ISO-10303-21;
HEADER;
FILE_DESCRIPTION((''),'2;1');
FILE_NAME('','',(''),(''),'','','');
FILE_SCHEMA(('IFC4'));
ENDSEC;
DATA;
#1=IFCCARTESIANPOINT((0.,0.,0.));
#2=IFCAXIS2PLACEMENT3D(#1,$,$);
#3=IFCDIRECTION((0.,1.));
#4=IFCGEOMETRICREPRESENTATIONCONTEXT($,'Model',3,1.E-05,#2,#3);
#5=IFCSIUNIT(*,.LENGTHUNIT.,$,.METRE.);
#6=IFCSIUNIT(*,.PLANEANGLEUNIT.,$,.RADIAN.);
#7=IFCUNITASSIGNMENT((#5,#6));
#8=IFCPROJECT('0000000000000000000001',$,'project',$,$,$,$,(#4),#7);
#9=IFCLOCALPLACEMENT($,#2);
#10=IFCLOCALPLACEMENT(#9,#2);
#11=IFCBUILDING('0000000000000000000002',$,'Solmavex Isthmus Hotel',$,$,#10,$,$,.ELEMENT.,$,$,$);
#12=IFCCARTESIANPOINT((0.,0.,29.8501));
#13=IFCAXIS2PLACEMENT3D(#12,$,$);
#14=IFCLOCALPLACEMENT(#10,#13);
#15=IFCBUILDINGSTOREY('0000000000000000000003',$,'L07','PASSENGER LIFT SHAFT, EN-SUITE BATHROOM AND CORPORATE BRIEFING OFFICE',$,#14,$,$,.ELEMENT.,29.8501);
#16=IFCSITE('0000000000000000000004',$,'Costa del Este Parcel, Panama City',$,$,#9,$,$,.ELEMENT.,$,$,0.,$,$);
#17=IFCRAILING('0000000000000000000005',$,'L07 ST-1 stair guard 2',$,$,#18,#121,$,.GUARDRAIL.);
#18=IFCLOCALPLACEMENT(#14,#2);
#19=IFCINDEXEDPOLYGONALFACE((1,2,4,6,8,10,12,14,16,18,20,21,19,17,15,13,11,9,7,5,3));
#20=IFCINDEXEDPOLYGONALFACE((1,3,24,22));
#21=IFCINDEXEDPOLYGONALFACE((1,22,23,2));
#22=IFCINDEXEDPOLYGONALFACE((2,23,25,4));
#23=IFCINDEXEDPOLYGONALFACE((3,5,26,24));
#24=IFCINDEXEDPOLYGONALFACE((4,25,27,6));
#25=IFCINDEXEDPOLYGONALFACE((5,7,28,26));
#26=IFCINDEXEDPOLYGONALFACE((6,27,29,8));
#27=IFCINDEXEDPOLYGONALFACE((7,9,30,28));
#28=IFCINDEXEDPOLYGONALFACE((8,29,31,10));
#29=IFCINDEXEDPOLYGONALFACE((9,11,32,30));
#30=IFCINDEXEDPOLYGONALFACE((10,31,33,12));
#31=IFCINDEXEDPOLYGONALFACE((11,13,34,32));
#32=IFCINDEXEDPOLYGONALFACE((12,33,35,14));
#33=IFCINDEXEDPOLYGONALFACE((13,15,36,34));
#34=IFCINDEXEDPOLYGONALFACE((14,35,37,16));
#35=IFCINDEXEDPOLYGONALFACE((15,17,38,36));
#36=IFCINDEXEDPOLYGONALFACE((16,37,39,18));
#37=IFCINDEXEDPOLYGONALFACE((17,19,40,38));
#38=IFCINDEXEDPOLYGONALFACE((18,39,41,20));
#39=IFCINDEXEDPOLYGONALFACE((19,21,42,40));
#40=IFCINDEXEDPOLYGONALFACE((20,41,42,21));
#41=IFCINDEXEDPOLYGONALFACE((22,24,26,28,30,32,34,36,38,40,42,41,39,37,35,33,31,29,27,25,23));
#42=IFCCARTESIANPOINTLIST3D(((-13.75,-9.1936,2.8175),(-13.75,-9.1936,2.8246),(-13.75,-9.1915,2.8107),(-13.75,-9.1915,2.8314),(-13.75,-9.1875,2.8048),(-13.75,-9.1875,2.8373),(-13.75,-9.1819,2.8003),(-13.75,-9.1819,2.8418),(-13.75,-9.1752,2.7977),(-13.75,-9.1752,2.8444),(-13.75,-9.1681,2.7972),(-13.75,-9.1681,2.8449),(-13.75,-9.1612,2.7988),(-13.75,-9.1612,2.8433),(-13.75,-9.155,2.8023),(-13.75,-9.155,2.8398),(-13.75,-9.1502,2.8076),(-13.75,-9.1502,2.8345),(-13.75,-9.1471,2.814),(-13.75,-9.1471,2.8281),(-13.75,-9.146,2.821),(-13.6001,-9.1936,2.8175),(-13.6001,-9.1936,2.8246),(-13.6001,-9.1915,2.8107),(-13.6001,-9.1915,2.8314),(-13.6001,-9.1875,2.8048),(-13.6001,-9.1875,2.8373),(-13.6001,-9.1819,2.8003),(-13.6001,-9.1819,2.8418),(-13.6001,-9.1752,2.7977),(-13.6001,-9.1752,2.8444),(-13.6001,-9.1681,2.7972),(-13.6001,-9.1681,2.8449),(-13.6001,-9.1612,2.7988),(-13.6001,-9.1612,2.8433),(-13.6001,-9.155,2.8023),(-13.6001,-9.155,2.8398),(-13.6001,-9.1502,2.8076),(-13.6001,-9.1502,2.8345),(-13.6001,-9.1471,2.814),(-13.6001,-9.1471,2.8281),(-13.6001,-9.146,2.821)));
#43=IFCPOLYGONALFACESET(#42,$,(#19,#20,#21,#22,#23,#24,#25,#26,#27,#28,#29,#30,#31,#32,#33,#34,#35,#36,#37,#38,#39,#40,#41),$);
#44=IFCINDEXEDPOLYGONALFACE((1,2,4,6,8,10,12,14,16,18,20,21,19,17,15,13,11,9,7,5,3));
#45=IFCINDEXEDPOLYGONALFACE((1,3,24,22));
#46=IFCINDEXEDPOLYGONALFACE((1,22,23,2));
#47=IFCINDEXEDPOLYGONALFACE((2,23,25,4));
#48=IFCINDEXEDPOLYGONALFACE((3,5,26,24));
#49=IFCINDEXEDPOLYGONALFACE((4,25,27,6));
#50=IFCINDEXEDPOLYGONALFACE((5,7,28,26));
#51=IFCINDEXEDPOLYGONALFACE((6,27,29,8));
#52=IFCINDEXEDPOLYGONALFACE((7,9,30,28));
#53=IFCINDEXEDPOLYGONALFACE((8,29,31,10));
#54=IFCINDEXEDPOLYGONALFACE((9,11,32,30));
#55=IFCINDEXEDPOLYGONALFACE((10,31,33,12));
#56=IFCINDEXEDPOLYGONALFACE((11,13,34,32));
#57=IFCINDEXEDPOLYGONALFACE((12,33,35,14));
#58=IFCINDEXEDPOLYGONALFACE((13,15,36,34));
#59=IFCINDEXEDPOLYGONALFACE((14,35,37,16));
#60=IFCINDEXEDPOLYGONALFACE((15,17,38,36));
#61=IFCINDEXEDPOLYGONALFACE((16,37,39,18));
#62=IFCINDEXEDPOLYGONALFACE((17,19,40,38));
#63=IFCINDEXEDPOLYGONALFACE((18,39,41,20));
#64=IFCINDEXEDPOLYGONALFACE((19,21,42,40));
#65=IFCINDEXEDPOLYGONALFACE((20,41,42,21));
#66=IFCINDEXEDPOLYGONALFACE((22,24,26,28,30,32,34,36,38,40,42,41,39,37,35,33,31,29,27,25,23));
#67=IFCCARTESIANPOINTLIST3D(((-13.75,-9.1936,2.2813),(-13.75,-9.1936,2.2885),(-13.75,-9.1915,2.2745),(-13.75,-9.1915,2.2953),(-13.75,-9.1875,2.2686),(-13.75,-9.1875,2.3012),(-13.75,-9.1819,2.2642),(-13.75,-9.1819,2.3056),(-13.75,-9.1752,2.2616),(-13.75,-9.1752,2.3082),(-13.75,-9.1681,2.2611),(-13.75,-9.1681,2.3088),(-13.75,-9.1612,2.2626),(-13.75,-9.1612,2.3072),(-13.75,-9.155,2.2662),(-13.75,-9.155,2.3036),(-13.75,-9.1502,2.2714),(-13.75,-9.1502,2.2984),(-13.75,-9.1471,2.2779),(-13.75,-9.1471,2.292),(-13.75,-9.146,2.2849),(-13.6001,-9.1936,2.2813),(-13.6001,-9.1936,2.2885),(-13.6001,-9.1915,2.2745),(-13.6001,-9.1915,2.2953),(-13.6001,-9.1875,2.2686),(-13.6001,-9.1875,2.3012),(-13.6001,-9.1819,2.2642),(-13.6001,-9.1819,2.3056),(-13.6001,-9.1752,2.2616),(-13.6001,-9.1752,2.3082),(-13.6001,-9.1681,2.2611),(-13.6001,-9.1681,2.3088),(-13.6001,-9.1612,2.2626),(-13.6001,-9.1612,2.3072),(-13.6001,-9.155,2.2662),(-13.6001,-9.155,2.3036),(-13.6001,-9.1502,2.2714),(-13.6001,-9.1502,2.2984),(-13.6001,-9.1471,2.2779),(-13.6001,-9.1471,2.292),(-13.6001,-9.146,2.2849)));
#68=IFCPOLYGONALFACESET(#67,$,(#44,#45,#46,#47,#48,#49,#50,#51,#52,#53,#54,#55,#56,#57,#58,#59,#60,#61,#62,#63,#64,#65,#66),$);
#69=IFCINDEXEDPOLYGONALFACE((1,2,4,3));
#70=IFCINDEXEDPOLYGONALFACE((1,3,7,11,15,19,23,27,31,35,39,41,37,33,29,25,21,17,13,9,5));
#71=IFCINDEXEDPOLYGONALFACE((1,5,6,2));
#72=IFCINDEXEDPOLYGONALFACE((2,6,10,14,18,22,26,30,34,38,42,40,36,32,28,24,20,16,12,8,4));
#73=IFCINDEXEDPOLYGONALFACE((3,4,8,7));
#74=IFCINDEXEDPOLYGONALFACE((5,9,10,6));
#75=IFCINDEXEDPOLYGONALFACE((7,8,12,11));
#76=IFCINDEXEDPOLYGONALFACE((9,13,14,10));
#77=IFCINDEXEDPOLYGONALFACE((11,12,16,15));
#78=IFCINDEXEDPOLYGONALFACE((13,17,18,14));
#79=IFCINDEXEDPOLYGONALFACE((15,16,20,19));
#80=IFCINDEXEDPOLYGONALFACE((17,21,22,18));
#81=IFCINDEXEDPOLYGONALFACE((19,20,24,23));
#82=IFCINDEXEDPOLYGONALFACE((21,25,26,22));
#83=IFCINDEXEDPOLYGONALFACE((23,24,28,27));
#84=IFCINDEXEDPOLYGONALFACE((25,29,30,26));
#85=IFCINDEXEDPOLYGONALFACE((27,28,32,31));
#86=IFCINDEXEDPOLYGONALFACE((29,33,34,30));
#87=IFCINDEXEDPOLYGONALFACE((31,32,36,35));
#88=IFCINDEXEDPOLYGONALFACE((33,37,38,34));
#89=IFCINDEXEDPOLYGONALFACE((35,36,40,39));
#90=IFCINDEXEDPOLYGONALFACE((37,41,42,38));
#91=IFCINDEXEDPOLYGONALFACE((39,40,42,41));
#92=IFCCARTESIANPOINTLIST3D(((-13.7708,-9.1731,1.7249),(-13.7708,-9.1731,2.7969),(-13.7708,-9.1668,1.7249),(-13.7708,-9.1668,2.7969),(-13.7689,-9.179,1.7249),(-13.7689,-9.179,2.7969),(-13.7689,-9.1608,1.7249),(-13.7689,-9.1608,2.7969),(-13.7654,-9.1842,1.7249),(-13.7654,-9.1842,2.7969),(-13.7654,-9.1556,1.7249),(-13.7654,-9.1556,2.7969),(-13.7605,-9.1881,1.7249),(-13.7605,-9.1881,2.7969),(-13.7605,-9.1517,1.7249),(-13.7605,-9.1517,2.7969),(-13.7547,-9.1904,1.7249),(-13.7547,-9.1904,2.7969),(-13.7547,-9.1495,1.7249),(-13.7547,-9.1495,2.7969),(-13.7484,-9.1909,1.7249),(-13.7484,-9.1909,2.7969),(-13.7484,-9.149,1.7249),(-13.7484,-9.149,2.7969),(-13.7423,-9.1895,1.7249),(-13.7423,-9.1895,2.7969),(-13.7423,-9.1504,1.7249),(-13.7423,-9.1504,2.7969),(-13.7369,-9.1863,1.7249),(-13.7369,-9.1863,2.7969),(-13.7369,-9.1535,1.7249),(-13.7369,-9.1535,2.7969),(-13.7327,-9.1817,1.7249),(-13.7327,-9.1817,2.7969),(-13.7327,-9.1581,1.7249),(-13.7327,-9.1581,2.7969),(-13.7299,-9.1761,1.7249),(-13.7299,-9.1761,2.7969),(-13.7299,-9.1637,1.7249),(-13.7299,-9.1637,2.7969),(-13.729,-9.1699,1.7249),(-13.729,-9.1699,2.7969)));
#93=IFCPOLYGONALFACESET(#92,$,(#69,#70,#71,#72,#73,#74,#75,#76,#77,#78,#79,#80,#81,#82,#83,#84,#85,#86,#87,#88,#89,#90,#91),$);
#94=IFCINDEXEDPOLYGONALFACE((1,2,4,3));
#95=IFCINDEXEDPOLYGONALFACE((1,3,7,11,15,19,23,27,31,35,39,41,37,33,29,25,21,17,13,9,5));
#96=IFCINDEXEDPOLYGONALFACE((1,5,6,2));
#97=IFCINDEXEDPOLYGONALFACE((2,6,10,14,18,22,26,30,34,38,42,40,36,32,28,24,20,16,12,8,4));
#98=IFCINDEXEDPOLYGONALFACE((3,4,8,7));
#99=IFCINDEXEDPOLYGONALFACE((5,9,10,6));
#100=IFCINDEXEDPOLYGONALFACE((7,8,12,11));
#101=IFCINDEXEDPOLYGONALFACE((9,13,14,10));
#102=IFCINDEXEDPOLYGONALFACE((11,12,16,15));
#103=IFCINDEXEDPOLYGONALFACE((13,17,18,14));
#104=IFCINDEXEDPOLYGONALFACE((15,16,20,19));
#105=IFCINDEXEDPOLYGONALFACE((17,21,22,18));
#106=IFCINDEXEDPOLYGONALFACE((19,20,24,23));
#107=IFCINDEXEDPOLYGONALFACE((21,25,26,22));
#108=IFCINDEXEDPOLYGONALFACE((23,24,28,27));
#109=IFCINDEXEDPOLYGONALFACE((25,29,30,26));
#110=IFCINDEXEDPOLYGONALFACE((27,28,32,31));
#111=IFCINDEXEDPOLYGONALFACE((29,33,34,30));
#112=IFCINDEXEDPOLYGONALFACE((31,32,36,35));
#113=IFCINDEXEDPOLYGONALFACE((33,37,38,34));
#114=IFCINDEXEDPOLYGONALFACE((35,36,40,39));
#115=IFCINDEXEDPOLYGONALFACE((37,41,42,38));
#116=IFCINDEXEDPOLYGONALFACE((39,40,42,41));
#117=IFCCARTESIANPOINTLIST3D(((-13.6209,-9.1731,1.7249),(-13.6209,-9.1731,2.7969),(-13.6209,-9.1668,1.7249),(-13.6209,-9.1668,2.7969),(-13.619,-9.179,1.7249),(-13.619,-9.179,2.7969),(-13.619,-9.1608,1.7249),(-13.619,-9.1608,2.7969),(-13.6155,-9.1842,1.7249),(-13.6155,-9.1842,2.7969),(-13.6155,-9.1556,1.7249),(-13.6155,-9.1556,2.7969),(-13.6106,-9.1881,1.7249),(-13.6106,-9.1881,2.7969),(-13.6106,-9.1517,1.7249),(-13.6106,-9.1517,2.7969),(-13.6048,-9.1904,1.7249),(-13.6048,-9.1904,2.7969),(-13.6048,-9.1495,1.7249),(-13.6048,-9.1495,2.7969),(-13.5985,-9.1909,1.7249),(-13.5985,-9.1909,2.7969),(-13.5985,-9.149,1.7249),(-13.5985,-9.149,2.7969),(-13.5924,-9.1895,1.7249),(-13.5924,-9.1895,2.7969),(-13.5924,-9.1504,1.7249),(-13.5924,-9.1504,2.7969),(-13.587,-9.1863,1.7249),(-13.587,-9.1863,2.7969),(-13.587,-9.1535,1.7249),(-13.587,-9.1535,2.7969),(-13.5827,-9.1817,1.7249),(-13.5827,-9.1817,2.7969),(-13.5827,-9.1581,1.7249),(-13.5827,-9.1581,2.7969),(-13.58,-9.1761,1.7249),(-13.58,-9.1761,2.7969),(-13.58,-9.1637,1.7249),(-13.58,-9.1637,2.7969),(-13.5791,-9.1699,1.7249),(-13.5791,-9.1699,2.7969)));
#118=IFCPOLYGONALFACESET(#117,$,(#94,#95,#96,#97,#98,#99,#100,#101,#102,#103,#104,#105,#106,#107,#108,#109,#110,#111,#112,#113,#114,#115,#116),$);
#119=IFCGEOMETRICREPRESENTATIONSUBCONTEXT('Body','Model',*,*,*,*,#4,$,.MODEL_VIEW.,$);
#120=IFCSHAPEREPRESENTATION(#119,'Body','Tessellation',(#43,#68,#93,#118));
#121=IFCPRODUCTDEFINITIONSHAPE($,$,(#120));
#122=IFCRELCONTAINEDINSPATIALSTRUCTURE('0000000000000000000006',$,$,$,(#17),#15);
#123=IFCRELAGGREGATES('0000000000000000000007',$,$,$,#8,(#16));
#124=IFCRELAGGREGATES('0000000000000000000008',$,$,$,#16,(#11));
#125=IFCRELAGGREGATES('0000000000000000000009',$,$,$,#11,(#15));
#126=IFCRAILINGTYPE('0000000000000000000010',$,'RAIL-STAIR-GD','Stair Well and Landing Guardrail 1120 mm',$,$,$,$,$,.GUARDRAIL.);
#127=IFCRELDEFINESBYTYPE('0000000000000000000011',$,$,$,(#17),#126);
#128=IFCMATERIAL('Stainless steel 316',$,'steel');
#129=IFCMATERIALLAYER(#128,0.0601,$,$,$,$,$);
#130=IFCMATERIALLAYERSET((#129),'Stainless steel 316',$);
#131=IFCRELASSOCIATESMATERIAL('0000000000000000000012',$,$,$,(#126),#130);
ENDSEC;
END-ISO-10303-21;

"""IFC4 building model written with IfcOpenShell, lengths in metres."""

from ifc_helpers import new_model, si_unit, direction, frame, origin, origin_2d, place, context, subcontext, project, spatial, circle, extrude, material, layer, layer_set, type_object, element, save


model = new_model("IFC4")

# Units and contexts
model_context = context("Model", 3, precision=1e-05, world=origin(), true_north=direction((0.0, 1.0)))
body_context = subcontext(model_context, "Body", "Model", "MODEL_VIEW")
ifc_project = project(units=[si_unit("LENGTHUNIT", "METRE"), si_unit("PLANEANGLEUNIT", "RADIAN")], contexts=[model_context])

# Site, building, storey
site_placement = place(None, origin())
site = spatial("IfcSite", under=ifc_project, at=site_placement, Name="Costa del Este Parcel, Panama City", CompositionType="ELEMENT", RefElevation=0.0)
building_placement = place(site_placement, origin())
building = spatial("IfcBuilding", under=site, at=building_placement, Name="Solmavex Isthmus Hotel", CompositionType="ELEMENT")
storey_placement = place(building_placement, frame((0.0, 0.0, 29.8501)))
storey = spatial("IfcBuildingStorey", under=building, at=storey_placement, Name="L07", Description="PASSENGER LIFT SHAFT, EN-SUITE BATHROOM AND CORPORATE BRIEFING OFFICE", CompositionType="ELEMENT", Elevation=29.8501)

# Shared definitions
ifc_material_1 = material(Name="Stainless steel 316", Category="steel")

# Railing
ifc_layer_1 = layer(ifc_material_1, 0.0601)
ifc_layer_set_1 = layer_set([ifc_layer_1], Name="Stainless steel 316")
railing_type_1 = type_object("IfcRailingType", Name="RAIL-STAIR-GD", Description="Stair Well and Landing Guardrail 1120 mm", PredefinedType="GUARDRAIL", material=ifc_layer_set_1)
railing_1_placement = place(storey_placement, frame((-13.75, -9.1699, 1.7249)))
element("IfcRailing", 1, at=railing_1_placement, inside=storey, type_object=railing_type_1, Name="L07 ST-1 stair guard 2", PredefinedType="GUARDRAIL", context=body_context, shape_type="SweptSolid", body=[
    extrude(circle(Radius=0.0239, at=origin_2d()), frame((0.0, 0.0, 1.0962), z_axis=(1.0, 0.0, 0.0), x_axis=(0.0, 1.0, 0.0)), (0.0, 0.0, 1.0), 0.1499),
    extrude(circle(Radius=0.0239, at=origin_2d()), frame((0.0, 0.0, 0.5601), z_axis=(1.0, 0.0, 0.0), x_axis=(0.0, 1.0, 0.0)), (0.0, 0.0, 1.0), 0.1499),
    extrude(circle(Radius=0.021, at=origin_2d()), origin(), (0.0, 0.0, 1.0), 1.072),
    extrude(circle(Radius=0.021, at=origin_2d()), frame((0.1499, 0.0, 0.0)), (0.0, 0.0, 1.0), 1.072),
])

save(model, "model.ifc")
